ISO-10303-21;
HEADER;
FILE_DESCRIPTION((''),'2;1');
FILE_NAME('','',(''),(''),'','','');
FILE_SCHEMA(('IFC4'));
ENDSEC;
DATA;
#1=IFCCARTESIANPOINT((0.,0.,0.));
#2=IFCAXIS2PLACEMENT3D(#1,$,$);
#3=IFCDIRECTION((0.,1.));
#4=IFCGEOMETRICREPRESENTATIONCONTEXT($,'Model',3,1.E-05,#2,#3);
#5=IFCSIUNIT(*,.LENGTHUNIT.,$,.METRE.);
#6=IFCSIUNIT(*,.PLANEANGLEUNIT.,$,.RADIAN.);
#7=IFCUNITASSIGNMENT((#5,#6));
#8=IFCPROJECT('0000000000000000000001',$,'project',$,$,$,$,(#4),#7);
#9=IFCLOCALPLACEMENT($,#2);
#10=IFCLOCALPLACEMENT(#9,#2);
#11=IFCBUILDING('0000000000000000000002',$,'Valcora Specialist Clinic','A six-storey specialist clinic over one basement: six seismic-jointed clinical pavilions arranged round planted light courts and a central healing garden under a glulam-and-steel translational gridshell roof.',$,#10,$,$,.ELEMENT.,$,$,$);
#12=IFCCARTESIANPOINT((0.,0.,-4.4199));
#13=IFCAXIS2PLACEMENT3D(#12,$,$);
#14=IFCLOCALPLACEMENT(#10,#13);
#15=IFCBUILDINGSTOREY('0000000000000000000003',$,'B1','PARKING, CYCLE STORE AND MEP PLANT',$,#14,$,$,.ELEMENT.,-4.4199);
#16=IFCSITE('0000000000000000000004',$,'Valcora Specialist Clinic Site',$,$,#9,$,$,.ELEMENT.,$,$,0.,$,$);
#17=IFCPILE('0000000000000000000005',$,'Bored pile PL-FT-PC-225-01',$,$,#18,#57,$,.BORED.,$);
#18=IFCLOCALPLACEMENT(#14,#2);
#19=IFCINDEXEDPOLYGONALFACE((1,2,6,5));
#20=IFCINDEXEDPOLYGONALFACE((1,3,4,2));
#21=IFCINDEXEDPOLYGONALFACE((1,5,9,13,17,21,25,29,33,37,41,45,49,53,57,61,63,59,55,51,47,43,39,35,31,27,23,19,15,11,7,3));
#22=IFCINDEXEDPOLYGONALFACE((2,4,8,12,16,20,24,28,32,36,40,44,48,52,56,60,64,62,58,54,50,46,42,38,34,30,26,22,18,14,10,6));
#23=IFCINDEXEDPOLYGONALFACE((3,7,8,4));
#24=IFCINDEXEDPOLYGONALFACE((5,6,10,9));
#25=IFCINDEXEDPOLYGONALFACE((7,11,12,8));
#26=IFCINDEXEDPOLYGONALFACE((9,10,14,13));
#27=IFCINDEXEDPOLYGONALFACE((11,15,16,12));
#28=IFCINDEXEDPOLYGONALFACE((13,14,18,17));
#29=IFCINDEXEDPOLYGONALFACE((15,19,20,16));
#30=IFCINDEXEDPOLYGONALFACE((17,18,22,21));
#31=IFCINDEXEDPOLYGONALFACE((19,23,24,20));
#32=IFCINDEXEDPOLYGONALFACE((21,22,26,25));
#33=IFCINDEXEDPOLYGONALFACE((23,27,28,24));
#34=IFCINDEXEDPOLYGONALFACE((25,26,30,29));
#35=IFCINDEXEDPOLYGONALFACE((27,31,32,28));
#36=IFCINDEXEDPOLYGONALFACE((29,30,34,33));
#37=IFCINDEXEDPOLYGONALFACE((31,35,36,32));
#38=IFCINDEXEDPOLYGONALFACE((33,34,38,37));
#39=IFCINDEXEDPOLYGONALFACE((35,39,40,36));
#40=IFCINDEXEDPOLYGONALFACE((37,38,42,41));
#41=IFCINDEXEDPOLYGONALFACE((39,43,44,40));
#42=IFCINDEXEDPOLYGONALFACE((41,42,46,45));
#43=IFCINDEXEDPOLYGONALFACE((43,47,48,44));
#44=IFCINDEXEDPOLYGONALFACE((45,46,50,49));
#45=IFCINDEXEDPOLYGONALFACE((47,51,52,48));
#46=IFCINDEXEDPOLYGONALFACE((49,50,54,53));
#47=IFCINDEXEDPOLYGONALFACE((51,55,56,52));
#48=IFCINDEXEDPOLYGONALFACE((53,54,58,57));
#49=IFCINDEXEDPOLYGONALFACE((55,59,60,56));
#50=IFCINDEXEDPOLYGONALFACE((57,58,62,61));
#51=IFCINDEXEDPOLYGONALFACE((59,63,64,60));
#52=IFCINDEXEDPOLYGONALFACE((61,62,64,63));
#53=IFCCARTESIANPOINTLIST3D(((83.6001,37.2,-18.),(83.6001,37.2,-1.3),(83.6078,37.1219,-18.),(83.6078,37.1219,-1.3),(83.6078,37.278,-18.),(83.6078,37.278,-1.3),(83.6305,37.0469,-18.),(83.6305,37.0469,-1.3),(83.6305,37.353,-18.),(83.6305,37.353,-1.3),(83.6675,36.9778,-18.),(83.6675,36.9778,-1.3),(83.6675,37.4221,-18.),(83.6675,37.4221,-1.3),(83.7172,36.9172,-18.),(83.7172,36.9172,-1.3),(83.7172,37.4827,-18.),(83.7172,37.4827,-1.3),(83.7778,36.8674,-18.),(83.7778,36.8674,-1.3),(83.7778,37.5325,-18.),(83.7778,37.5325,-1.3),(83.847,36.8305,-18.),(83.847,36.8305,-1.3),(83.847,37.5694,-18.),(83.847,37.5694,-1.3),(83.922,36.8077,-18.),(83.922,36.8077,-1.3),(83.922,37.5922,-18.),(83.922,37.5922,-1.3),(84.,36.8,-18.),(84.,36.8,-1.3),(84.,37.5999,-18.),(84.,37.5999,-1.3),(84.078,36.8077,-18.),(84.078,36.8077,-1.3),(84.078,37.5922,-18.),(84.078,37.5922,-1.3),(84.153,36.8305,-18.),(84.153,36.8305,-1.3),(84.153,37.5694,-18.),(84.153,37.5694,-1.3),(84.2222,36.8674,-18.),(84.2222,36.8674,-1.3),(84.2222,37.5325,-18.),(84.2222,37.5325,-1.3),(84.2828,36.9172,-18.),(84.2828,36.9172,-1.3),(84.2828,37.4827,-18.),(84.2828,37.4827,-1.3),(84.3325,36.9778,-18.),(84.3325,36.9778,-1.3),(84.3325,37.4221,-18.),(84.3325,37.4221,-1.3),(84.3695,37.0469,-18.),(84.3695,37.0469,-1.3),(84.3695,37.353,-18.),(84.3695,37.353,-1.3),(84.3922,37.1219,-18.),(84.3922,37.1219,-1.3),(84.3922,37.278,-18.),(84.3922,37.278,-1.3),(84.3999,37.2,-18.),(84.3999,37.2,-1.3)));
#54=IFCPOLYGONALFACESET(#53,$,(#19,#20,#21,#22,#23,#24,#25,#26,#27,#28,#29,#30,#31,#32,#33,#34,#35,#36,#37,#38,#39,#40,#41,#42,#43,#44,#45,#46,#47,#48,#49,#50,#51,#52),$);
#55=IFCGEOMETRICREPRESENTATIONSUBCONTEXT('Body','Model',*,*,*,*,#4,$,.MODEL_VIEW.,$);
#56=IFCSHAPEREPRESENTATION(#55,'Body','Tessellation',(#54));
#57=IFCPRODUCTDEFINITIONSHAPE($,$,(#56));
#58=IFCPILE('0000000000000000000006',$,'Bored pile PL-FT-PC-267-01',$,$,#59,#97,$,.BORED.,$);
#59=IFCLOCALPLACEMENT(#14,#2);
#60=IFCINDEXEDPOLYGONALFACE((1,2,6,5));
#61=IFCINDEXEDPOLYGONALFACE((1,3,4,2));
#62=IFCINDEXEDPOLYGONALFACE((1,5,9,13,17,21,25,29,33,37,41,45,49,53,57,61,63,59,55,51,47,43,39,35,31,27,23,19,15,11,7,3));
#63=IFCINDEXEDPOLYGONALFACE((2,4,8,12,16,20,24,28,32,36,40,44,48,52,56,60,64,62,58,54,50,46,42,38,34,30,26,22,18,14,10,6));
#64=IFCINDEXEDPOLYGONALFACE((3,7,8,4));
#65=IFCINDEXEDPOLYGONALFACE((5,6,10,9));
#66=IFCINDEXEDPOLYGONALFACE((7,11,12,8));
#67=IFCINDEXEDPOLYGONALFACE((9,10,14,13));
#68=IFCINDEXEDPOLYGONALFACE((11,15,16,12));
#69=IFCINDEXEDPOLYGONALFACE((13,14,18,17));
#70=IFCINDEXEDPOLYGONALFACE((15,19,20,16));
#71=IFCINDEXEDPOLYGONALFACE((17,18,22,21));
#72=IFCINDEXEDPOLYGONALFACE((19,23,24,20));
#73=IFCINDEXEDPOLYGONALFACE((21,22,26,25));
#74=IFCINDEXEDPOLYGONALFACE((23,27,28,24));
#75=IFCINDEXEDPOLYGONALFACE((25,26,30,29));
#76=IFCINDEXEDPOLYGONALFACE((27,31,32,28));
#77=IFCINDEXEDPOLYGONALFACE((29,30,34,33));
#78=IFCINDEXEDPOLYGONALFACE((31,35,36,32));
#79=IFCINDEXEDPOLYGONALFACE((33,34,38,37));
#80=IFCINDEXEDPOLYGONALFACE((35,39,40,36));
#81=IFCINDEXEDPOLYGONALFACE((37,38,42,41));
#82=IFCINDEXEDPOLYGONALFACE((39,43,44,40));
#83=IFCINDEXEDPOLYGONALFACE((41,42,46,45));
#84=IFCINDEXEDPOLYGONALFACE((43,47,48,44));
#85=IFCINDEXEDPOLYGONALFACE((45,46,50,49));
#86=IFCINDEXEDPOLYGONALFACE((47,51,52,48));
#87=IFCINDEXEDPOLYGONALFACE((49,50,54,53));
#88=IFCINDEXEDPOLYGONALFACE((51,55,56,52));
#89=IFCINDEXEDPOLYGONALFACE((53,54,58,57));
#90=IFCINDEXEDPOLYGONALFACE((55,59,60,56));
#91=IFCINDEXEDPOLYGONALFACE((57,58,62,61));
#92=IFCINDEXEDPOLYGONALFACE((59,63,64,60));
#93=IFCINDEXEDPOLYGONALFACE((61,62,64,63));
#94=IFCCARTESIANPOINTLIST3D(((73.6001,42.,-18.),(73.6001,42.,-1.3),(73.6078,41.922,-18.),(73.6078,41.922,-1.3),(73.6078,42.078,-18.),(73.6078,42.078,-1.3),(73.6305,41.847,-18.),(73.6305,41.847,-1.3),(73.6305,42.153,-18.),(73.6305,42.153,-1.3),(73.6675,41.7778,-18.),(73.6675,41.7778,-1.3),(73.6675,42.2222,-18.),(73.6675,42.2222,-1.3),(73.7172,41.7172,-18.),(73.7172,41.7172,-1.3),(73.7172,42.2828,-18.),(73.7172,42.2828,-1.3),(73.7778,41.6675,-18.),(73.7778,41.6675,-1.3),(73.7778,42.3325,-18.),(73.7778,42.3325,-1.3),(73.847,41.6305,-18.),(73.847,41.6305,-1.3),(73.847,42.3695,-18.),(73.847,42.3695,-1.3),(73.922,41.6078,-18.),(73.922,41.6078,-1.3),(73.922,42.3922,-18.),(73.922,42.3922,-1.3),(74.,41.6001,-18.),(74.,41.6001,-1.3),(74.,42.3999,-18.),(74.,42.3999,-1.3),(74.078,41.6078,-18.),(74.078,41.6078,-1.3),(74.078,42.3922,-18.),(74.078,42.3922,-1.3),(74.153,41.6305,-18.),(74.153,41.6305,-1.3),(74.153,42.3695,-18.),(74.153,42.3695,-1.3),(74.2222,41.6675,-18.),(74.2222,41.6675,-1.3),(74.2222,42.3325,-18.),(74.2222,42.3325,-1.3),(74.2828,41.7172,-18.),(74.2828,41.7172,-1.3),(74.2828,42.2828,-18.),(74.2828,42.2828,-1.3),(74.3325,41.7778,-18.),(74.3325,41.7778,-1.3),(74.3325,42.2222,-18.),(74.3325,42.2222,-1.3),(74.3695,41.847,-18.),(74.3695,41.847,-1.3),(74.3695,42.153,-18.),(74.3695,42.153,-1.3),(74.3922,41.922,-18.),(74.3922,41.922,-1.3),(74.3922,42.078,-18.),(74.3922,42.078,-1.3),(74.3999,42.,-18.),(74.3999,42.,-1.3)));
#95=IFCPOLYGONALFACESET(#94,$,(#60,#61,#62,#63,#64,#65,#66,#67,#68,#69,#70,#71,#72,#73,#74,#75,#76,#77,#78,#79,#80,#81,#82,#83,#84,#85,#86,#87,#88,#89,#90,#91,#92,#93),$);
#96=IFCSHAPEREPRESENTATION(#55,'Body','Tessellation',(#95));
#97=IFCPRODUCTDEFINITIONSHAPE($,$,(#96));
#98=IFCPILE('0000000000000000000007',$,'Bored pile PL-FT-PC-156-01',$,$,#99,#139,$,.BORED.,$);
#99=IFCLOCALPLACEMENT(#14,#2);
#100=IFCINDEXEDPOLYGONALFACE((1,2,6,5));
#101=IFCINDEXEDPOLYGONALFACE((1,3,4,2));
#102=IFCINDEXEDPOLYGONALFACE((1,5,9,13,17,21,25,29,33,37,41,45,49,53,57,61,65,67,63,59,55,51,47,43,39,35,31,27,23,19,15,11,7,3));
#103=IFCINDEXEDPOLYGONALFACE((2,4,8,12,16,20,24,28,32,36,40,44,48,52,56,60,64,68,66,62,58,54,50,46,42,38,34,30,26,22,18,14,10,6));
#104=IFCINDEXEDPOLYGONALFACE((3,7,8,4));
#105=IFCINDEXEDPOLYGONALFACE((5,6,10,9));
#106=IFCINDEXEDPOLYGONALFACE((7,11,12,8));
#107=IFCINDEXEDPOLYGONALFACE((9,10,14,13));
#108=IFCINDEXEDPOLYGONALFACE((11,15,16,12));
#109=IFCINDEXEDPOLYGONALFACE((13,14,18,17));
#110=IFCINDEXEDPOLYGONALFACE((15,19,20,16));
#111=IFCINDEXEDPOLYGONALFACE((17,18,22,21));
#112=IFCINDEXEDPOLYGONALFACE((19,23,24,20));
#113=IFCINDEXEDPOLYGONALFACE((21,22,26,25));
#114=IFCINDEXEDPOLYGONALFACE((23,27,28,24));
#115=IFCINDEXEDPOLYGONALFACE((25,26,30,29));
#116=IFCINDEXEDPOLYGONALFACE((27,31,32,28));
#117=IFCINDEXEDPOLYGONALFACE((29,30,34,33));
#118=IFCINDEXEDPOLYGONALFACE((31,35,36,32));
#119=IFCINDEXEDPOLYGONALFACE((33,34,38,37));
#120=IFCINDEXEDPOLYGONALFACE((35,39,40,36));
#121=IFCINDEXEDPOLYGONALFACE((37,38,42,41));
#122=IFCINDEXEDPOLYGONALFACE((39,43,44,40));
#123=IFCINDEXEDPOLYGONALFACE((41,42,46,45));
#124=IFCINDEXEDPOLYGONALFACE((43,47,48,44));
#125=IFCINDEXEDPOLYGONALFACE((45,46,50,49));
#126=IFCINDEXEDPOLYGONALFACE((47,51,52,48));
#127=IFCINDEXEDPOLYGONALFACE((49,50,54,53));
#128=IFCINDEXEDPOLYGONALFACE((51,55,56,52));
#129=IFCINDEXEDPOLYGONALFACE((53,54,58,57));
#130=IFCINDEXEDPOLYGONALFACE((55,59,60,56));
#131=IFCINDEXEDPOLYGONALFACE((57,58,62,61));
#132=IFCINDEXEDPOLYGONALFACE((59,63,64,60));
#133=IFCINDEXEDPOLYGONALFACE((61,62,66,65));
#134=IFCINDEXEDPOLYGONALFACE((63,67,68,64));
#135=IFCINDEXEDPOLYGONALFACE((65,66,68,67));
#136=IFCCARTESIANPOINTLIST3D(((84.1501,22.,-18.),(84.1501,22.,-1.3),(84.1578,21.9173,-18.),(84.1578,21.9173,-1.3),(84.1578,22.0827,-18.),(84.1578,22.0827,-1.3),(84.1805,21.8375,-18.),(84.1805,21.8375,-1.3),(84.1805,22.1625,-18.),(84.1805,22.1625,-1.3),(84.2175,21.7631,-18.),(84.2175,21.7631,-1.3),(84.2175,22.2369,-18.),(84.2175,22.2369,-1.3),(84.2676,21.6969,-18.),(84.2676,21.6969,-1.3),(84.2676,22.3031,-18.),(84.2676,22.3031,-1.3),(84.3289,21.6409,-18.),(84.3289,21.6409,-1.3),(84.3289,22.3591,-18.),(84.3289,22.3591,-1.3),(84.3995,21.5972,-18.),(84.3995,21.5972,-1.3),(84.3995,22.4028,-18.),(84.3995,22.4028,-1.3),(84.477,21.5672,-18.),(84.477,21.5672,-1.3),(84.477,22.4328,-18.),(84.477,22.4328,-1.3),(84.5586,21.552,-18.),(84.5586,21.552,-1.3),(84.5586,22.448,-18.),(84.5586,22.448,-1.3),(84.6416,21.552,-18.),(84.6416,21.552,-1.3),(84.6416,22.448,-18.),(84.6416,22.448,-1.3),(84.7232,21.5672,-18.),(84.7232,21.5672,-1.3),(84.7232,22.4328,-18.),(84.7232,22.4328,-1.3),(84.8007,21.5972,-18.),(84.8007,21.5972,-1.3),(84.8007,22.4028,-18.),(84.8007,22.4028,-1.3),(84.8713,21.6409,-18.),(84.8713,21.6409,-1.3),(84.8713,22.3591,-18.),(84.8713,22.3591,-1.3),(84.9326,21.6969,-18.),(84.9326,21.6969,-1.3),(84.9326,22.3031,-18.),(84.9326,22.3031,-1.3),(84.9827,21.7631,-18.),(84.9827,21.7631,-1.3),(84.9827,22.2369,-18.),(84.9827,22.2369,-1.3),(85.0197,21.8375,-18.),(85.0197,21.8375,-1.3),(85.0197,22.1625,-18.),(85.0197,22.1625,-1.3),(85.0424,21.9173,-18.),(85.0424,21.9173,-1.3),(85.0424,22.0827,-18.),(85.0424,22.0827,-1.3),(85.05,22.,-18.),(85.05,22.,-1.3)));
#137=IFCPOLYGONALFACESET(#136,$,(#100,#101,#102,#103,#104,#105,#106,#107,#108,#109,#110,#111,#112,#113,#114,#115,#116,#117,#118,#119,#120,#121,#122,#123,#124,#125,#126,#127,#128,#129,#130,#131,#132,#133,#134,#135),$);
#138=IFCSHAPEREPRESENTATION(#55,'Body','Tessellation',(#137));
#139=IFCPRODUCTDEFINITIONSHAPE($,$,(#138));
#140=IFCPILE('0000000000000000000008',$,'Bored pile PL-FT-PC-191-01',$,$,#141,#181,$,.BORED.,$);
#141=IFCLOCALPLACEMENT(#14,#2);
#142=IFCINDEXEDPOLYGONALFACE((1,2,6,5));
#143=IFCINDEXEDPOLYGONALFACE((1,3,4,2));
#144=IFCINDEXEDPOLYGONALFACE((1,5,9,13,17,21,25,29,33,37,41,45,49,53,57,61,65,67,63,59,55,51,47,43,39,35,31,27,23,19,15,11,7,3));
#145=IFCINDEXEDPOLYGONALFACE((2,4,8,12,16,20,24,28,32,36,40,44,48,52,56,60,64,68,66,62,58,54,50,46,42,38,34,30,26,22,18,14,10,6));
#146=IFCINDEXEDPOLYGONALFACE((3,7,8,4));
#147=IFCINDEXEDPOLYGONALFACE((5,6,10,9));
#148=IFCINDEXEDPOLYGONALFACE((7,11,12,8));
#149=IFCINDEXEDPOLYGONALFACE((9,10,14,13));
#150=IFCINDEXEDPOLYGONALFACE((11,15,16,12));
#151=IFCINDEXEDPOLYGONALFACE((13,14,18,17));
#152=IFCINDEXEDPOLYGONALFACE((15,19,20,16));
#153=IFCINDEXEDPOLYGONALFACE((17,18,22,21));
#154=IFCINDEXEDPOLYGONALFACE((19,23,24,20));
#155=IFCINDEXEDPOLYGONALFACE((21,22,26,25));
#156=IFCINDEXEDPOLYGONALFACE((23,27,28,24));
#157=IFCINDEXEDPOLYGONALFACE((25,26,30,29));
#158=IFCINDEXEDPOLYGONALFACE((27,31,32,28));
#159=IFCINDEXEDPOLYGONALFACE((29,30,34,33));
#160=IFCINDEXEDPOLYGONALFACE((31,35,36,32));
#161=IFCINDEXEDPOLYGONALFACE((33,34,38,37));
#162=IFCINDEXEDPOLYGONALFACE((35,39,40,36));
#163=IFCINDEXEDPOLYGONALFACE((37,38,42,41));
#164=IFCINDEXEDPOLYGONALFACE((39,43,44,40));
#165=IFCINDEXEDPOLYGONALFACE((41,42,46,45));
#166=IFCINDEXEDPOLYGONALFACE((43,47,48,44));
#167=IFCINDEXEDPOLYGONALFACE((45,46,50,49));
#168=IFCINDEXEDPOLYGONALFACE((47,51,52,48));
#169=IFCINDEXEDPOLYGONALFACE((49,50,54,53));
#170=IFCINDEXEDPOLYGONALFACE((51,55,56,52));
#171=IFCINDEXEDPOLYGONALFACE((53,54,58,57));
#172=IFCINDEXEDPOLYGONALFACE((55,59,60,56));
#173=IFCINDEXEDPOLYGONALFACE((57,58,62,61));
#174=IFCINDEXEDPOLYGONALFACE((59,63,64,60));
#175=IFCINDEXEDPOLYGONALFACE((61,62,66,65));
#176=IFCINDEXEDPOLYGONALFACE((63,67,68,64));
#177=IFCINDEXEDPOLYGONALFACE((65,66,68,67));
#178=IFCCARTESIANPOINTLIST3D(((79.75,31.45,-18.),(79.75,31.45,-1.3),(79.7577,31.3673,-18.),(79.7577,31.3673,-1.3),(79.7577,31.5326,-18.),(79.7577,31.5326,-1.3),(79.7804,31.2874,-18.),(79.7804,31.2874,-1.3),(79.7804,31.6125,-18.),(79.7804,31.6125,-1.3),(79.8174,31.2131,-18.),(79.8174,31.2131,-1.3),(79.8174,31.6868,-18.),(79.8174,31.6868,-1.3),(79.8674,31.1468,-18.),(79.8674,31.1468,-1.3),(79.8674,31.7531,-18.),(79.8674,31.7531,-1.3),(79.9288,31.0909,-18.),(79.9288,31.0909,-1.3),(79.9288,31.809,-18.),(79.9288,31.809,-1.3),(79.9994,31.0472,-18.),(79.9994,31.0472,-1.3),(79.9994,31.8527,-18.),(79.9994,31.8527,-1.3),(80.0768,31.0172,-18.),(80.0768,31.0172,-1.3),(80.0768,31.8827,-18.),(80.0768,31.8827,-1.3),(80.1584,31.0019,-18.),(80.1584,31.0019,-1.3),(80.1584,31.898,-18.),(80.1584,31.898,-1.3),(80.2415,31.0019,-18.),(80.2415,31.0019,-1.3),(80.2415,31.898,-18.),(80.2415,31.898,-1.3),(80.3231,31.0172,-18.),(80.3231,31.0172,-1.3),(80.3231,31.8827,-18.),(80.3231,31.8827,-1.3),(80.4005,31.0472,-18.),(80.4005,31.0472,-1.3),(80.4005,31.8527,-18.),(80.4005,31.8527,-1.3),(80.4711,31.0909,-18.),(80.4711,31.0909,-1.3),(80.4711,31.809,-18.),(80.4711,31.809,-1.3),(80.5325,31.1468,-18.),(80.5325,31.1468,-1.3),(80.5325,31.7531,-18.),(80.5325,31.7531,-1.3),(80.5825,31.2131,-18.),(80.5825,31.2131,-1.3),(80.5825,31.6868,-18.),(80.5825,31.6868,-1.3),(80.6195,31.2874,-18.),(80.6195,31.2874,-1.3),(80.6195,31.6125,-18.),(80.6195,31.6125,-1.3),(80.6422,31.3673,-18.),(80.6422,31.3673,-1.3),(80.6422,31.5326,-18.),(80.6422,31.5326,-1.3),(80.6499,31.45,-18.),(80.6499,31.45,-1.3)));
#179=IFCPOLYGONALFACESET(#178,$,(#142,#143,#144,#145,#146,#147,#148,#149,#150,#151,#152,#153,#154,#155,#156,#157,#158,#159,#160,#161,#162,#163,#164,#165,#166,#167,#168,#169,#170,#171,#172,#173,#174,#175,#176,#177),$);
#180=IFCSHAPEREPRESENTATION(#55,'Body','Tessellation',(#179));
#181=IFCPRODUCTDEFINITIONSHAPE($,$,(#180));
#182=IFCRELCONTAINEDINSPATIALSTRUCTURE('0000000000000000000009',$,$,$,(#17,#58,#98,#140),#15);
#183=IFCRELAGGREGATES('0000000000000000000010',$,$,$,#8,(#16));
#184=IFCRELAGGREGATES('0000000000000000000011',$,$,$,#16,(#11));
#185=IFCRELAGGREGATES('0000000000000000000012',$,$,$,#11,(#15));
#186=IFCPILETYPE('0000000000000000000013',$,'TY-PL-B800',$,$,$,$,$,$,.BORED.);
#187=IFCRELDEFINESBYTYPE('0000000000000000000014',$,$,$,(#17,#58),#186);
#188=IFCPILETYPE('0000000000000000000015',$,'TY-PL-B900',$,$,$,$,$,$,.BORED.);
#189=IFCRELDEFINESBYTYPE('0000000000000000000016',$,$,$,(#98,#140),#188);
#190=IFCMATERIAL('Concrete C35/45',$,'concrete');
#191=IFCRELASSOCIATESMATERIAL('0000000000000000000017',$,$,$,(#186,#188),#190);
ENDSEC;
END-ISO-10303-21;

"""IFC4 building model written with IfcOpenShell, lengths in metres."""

from ifc_helpers import new_model, si_unit, direction, frame, origin, origin_2d, place, context, subcontext, project, spatial, circle, extrude, material, material_profile, profile_set, type_object, element, save


model = new_model("IFC4")

# Units and contexts
model_context = context("Model", 3, precision=1e-05, world=origin(), true_north=direction((0.0, 1.0)))
body_context = subcontext(model_context, "Body", "Model", "MODEL_VIEW")
ifc_project = project(units=[si_unit("LENGTHUNIT", "METRE"), si_unit("PLANEANGLEUNIT", "RADIAN")], contexts=[model_context])

# Site, building, storey
site_placement = place(None, origin())
site = spatial("IfcSite", under=ifc_project, at=site_placement, Name="Valcora Specialist Clinic Site", CompositionType="ELEMENT", RefElevation=0.0)
building_placement = place(site_placement, origin())
building = spatial("IfcBuilding", under=site, at=building_placement, Name="Valcora Specialist Clinic", Description="A six-storey specialist clinic over one basement: six seismic-jointed clinical pavilions arranged round planted light courts and a central healing garden under a glulam-and-steel translational gridshell roof.", CompositionType="ELEMENT")
storey_placement = place(building_placement, frame((0.0, 0.0, -4.4199)))
storey = spatial("IfcBuildingStorey", under=building, at=storey_placement, Name="B1", Description="PARKING, CYCLE STORE AND MEP PLANT", CompositionType="ELEMENT", Elevation=-4.4199)

# Shared definitions
ifc_material_1 = material(Name="Concrete C35/45", Category="concrete")

# Piles
ifc_material_profile_1 = material_profile(ifc_material_1, circle(Radius=0.3999, at=origin_2d()), Name="RC-PIL-D800")
ifc_profile_set_1 = profile_set([ifc_material_profile_1], Name="Concrete C35/45")
pile_type_1 = type_object("IfcPileType", Name="TY-PL-B800", PredefinedType="BORED", material=ifc_profile_set_1)
for number, where, z_axis, x_axis, name in (
    (1, (84.0, 37.2, -1.3), (0.0, 0.0, -1.0), (1.0, 0.0, 0.0), "Bored pile PL-FT-PC-225-01"),
    (2, (74.0, 42.0, -1.3), (0.0, 0.0, -1.0), (1.0, 0.0, 0.0), "Bored pile PL-FT-PC-267-01"),
):
    element("IfcPile", number, at=place(storey_placement, frame(where, z_axis=z_axis, x_axis=x_axis)), inside=storey, type_object=pile_type_1, Name=name, PredefinedType="BORED", context=body_context, shape_type="SweptSolid", body=[
        extrude(circle(Radius=0.3999, at=origin_2d()), origin(), (0.0, 0.0, 1.0), 16.7),
    ])
ifc_material_profile_2 = material_profile(ifc_material_1, circle(Radius=0.45, at=origin_2d()), Name="RC-PIL-D900")
ifc_profile_set_2 = profile_set([ifc_material_profile_2], Name="Concrete C35/45")
pile_type_2 = type_object("IfcPileType", Name="TY-PL-B900", PredefinedType="BORED", material=ifc_profile_set_2)
for number, where, z_axis, x_axis, name in (
    (3, (84.6001, 22.0, -1.3), (0.0, 0.0, -1.0), (1.0, 0.0, 0.0), "Bored pile PL-FT-PC-156-01"),
    (4, (80.2, 31.45, -1.3), (0.0, 0.0, -1.0), (1.0, 0.0, 0.0), "Bored pile PL-FT-PC-191-01"),
):
    element("IfcPile", number, at=place(storey_placement, frame(where, z_axis=z_axis, x_axis=x_axis)), inside=storey, type_object=pile_type_2, Name=name, PredefinedType="BORED", context=body_context, shape_type="SweptSolid", body=[
        extrude(circle(Radius=0.45, at=origin_2d()), origin(), (0.0, 0.0, 1.0), 16.7),
    ])

save(model, "model.ifc")
